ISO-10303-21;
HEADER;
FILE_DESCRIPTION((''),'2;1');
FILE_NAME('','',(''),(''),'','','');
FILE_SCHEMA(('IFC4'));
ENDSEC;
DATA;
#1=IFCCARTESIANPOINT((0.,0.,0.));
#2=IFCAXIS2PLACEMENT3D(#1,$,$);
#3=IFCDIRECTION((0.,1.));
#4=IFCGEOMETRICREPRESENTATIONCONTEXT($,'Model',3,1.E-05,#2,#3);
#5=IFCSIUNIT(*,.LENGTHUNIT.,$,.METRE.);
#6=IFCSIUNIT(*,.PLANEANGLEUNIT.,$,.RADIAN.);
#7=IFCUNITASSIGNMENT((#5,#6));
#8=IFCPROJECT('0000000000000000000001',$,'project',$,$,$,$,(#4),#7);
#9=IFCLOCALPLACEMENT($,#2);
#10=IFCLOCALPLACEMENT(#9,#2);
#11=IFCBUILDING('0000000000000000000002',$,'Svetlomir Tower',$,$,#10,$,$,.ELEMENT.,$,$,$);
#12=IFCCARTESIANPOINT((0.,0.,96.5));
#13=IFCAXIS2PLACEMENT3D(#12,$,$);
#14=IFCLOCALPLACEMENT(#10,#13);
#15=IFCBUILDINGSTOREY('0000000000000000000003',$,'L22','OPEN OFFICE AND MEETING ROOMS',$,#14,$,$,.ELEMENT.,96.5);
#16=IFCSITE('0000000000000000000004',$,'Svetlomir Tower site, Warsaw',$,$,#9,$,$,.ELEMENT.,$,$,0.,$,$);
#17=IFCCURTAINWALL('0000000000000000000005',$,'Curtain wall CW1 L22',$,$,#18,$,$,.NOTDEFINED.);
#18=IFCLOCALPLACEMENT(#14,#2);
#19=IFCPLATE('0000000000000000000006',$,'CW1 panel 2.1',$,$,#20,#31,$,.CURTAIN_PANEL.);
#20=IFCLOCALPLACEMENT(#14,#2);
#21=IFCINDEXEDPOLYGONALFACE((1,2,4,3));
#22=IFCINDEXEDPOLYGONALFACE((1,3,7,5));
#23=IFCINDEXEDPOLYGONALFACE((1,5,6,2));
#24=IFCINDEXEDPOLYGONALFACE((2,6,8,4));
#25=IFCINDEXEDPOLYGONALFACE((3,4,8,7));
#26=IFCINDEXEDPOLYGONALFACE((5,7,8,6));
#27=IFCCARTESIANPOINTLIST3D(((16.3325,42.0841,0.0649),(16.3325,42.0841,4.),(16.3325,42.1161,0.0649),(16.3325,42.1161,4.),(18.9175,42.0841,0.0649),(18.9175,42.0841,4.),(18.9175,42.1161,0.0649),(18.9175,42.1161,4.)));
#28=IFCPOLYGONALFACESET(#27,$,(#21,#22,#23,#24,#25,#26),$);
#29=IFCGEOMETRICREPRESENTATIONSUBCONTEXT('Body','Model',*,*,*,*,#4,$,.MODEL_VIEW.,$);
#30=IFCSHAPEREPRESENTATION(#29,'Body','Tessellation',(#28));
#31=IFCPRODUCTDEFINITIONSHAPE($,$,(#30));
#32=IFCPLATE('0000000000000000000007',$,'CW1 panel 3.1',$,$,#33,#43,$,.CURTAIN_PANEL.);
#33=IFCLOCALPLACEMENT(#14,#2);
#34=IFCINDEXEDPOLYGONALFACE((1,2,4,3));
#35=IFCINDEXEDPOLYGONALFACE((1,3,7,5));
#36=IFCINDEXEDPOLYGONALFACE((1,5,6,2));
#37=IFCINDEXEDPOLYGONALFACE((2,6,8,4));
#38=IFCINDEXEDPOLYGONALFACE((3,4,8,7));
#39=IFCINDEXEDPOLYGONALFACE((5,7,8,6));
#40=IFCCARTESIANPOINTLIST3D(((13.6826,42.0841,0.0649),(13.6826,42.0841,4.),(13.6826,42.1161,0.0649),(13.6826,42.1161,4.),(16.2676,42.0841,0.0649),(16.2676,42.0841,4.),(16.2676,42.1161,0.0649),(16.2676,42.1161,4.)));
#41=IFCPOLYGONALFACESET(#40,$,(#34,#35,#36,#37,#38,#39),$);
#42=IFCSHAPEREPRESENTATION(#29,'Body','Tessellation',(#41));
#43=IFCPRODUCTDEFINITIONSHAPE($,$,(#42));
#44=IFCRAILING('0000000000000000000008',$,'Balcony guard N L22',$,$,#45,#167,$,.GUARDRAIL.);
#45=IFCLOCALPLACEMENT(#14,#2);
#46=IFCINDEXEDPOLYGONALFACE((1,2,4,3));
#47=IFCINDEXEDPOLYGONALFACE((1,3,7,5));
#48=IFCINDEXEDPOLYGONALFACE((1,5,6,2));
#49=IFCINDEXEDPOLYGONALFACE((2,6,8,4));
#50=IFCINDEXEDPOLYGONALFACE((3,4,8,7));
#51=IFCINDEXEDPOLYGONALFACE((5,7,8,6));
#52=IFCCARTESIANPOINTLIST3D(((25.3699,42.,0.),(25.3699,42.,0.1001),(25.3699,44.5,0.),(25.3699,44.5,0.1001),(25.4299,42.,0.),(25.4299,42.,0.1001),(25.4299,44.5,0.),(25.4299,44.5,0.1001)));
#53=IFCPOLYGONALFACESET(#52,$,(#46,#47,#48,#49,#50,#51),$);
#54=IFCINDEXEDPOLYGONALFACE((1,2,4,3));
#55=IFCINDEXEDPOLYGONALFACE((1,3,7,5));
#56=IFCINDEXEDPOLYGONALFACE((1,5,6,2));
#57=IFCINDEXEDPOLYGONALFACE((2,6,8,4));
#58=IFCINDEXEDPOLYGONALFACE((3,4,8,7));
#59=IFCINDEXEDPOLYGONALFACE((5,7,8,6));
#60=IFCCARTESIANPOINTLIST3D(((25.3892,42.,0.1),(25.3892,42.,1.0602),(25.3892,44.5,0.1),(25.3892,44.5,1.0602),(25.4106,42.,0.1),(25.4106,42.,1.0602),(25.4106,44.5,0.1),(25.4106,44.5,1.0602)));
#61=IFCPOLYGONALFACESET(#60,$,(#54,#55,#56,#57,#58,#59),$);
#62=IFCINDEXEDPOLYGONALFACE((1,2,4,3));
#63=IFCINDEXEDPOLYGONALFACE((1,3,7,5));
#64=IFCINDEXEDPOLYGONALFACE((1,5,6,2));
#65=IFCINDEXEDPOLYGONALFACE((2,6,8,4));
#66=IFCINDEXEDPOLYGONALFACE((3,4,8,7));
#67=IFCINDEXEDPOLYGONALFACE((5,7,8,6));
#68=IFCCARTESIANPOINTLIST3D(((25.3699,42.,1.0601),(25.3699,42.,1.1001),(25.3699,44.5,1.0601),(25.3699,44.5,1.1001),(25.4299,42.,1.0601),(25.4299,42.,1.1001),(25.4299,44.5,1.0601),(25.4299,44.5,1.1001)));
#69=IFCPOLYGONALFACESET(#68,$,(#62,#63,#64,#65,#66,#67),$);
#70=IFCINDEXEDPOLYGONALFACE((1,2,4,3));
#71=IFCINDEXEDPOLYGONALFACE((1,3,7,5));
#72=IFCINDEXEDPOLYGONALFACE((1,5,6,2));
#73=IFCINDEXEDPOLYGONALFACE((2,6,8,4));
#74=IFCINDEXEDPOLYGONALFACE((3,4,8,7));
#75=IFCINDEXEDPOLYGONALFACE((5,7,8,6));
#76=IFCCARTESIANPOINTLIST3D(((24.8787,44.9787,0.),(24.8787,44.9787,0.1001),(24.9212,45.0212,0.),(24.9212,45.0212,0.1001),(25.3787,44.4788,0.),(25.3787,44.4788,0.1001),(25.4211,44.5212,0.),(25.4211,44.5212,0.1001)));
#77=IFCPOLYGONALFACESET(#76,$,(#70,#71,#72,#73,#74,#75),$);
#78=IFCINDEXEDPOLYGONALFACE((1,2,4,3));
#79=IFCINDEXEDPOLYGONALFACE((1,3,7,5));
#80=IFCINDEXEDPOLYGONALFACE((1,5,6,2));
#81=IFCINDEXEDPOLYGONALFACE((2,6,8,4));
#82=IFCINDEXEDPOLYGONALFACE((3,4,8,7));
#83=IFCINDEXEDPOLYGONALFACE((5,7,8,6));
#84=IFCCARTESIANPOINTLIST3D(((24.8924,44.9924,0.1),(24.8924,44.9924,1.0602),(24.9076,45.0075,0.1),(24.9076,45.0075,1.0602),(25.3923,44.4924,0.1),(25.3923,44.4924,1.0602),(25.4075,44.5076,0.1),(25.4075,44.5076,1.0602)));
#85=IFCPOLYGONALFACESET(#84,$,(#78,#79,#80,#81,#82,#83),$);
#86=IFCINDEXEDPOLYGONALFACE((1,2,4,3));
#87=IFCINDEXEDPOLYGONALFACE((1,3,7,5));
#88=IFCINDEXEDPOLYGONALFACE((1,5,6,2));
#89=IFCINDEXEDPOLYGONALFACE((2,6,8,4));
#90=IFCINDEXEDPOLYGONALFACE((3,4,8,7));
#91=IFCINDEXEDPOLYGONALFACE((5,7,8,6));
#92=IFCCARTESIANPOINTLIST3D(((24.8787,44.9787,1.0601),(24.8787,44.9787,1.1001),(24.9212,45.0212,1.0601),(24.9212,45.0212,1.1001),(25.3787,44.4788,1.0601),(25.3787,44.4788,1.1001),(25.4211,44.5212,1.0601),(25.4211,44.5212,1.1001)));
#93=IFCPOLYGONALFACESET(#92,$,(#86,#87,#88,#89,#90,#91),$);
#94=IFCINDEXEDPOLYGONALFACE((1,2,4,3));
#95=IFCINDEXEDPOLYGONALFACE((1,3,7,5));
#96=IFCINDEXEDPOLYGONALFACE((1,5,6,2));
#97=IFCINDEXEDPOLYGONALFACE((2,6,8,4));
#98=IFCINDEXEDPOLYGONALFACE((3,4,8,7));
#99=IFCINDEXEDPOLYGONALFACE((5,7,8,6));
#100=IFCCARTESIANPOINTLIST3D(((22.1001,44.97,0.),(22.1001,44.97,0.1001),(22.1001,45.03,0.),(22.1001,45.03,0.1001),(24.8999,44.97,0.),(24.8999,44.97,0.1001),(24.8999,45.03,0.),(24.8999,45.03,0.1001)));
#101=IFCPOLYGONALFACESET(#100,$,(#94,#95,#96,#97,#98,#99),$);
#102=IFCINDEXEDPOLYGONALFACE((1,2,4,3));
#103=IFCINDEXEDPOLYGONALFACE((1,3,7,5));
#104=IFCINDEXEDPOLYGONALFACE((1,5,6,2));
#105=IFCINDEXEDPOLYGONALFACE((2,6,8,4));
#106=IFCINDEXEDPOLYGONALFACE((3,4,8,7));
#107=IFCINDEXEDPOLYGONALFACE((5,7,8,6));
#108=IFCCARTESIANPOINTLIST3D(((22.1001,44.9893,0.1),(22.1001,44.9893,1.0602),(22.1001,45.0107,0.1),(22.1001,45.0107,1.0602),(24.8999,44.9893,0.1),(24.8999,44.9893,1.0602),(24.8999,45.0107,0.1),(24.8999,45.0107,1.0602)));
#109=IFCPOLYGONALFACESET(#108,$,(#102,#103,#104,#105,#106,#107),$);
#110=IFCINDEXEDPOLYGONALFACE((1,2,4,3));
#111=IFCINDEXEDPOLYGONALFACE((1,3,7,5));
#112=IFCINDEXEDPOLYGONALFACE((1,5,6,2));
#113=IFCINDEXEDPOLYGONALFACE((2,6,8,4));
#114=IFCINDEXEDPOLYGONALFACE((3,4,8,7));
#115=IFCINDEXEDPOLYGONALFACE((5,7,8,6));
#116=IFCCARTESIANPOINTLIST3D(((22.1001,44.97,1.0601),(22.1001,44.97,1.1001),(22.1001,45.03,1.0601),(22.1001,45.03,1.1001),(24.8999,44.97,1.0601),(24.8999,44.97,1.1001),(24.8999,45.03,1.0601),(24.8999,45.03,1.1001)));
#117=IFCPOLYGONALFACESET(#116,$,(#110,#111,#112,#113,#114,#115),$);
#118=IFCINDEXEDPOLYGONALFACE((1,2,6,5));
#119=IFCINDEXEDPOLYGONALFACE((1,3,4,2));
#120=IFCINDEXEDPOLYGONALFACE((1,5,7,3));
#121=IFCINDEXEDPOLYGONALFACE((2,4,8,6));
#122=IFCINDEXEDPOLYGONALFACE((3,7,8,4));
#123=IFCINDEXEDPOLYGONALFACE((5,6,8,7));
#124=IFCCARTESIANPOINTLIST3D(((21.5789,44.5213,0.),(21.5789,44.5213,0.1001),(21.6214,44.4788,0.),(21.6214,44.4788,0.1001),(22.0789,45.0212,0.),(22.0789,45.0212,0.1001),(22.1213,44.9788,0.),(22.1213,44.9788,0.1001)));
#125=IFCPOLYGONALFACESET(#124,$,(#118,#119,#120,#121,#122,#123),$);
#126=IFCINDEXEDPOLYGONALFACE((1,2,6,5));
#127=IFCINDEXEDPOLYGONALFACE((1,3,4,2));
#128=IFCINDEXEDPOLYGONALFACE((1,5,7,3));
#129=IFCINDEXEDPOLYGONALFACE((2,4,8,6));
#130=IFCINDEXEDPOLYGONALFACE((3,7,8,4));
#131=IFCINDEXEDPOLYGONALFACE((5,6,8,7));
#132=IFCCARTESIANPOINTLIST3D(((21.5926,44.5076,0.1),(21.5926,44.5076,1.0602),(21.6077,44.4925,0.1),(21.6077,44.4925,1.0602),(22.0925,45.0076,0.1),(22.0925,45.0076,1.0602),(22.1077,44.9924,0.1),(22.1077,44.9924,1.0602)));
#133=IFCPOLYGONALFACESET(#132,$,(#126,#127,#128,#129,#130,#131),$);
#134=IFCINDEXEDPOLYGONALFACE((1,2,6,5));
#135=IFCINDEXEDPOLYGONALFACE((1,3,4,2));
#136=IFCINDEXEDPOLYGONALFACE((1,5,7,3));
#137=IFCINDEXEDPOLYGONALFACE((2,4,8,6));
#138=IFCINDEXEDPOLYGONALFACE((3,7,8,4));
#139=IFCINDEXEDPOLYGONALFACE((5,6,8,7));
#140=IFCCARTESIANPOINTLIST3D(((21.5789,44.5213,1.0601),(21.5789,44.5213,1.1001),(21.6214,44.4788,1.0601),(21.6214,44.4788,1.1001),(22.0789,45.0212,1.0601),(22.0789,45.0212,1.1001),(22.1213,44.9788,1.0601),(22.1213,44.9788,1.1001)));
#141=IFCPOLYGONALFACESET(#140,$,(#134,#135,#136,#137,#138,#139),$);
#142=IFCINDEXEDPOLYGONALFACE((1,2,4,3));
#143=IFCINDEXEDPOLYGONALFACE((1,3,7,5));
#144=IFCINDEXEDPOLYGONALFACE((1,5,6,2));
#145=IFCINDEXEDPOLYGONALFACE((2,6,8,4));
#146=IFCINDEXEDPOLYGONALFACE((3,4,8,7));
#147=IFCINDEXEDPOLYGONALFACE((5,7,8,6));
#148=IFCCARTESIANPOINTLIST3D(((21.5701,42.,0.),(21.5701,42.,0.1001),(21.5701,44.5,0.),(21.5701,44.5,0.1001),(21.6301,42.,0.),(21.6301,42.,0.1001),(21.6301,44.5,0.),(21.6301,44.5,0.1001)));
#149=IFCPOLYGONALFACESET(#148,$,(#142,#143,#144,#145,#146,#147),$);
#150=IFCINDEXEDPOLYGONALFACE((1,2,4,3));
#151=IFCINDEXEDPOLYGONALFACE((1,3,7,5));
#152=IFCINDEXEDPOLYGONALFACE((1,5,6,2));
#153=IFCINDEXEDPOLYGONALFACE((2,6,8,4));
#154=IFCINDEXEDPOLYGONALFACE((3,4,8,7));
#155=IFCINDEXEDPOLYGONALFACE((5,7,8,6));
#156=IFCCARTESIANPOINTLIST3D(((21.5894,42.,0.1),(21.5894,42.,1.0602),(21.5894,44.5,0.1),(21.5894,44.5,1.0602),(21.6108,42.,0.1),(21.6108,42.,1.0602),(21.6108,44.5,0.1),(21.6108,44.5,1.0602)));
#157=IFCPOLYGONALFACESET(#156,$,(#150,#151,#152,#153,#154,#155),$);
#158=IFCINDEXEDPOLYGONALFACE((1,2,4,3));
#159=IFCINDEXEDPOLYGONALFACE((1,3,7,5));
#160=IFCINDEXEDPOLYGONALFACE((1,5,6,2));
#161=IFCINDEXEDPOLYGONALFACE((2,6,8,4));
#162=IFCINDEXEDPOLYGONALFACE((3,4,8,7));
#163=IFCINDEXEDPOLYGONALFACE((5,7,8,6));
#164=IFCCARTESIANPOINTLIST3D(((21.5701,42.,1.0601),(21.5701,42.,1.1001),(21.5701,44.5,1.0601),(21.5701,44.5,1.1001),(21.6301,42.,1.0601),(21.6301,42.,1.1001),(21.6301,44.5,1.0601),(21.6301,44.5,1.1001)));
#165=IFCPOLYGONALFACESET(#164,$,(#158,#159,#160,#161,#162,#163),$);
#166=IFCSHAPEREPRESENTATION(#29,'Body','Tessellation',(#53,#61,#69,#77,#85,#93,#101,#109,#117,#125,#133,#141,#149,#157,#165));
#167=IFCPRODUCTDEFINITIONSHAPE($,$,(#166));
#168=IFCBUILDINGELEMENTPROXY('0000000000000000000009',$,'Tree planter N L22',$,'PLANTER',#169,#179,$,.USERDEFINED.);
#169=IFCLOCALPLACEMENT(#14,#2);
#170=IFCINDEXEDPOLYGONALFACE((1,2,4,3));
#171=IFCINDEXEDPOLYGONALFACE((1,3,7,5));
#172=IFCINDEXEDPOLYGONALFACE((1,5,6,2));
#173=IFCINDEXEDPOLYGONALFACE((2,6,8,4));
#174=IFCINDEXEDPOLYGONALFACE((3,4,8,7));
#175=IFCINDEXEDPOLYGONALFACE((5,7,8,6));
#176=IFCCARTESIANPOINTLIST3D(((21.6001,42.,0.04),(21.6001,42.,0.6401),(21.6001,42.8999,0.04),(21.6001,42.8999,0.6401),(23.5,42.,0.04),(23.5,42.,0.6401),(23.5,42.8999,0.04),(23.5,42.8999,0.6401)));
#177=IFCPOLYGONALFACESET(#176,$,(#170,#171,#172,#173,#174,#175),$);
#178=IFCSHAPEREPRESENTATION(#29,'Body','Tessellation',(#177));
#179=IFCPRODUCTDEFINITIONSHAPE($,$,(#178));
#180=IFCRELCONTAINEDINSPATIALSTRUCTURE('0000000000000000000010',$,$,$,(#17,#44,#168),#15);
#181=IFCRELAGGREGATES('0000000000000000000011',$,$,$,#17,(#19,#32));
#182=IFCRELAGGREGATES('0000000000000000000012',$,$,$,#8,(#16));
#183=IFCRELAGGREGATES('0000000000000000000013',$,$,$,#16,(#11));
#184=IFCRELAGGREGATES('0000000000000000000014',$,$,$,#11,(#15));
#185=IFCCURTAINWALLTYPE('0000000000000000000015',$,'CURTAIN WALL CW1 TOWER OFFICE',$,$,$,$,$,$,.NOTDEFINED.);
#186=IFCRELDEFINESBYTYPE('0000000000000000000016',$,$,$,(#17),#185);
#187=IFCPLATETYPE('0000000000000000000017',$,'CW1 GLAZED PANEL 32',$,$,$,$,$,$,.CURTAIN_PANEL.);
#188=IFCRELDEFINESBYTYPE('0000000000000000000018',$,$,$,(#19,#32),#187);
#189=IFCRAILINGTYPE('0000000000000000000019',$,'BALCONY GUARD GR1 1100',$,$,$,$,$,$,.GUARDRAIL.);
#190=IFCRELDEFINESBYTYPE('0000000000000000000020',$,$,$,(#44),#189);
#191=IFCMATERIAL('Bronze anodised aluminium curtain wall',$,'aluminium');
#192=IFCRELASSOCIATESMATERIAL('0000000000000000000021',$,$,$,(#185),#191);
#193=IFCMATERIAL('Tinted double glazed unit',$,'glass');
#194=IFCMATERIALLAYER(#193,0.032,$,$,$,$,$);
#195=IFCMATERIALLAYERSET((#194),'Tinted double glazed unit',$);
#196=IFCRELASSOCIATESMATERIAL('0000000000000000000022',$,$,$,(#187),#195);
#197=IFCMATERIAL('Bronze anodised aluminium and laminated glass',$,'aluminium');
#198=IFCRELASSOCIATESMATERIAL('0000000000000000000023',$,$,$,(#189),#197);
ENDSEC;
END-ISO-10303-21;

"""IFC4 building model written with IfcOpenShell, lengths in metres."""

from ifc_helpers import new_model, si_unit, direction, frame, origin, origin_2d, place, context, subcontext, project, spatial, rectangle, extrude, material, layer, layer_set, type_object, element, aggregate, save


model = new_model("IFC4")

# Units and contexts
model_context = context("Model", 3, precision=1e-05, world=origin(), true_north=direction((0.0, 1.0)))
body_context = subcontext(model_context, "Body", "Model", "MODEL_VIEW")
ifc_project = project(units=[si_unit("LENGTHUNIT", "METRE"), si_unit("PLANEANGLEUNIT", "RADIAN")], contexts=[model_context])

# Site, building, storey
site_placement = place(None, origin())
site = spatial("IfcSite", under=ifc_project, at=site_placement, Name="Svetlomir Tower site, Warsaw", CompositionType="ELEMENT", RefElevation=0.0)
building_placement = place(site_placement, origin())
building = spatial("IfcBuilding", under=site, at=building_placement, Name="Svetlomir Tower", CompositionType="ELEMENT")
storey_placement = place(building_placement, frame((0.0, 0.0, 96.5)))
storey = spatial("IfcBuildingStorey", under=building, at=storey_placement, Name="L22", Description="OPEN OFFICE AND MEETING ROOMS", CompositionType="ELEMENT", Elevation=96.5)

# Curtain wall
ifc_material_1 = material(Name="Bronze anodised aluminium curtain wall", Category="aluminium")
curtain_wall_type = type_object("IfcCurtainWallType", Name="CURTAIN WALL CW1 TOWER OFFICE", PredefinedType="NOTDEFINED", material=ifc_material_1)
curtain_wall_1_placement = place(storey_placement, origin())
curtain_wall_1 = element("IfcCurtainWall", 1, at=curtain_wall_1_placement, inside=storey, type_object=curtain_wall_type, Name="Curtain wall CW1 L22", PredefinedType="NOTDEFINED")

# Plates
ifc_material_2 = material(Name="Tinted double glazed unit", Category="glass")
ifc_layer_1 = layer(ifc_material_2, 0.032)
ifc_layer_set_1 = layer_set([ifc_layer_1], Name="Tinted double glazed unit")
plate_type = type_object("IfcPlateType", Name="CW1 GLAZED PANEL 32", PredefinedType="CURTAIN_PANEL", material=ifc_layer_set_1)
plate_1_placement = place(storey_placement, frame((17.625, 42.1001, 0.0649), z_axis=(0.0, 0.0, 1.0), x_axis=(-1.0, 0.0, 0.0)))
plate_1 = element("IfcPlate", 2, at=plate_1_placement, type_object=plate_type, Name="CW1 panel 2.1", PredefinedType="CURTAIN_PANEL", context=body_context, shape_type="SweptSolid", body=[
    extrude(rectangle(XDim=2.585, YDim=0.032, at=origin_2d()), origin(), (0.0, 0.0, 1.0), 3.9351),
])
plate_2_placement = place(storey_placement, frame((14.9751, 42.1001, 0.0649), z_axis=(0.0, 0.0, 1.0), x_axis=(-1.0, 0.0, 0.0)))
plate_2 = element("IfcPlate", 3, at=plate_2_placement, type_object=plate_type, Name="CW1 panel 3.1", PredefinedType="CURTAIN_PANEL", context=body_context, shape_type="SweptSolid", body=[
    extrude(rectangle(XDim=2.585, YDim=0.032, at=origin_2d()), origin(), (0.0, 0.0, 1.0), 3.9351),
])
aggregate(curtain_wall_1, [plate_1, plate_2])

# Railing
ifc_material_3 = material(Name="Bronze anodised aluminium and laminated glass", Category="aluminium")
railing_type = type_object("IfcRailingType", Name="BALCONY GUARD GR1 1100", PredefinedType="GUARDRAIL", material=ifc_material_3)
railing_placement = place(storey_placement, frame((25.3999, 42.0, 0.0)))
element("IfcRailing", 4, at=railing_placement, inside=storey, type_object=railing_type, Name="Balcony guard N L22", PredefinedType="GUARDRAIL", context=body_context, shape_type="SweptSolid", body=[
    extrude(rectangle(XDim=0.0601, YDim=0.1001, at=origin_2d()), frame((0.0, 0.0, 0.05), z_axis=(0.0, 1.0, 0.0), x_axis=(-1.0, 0.0, 0.0)), (0.0, 0.0, 1.0), 2.5),
    extrude(rectangle(XDim=0.0215, YDim=0.9602, at=origin_2d()), frame((0.0, 0.0, 0.5801), z_axis=(0.0, 1.0, 0.0), x_axis=(-1.0, 0.0, 0.0)), (0.0, 0.0, 1.0), 2.5),
    extrude(rectangle(XDim=0.0601, YDim=0.04, at=origin_2d()), frame((0.0, 0.0, 1.0801), z_axis=(0.0, 1.0, 0.0), x_axis=(-1.0, 0.0, 0.0)), (0.0, 0.0, 1.0), 2.5),
    extrude(rectangle(XDim=0.0601, YDim=0.1001, at=origin_2d()), frame((0.0, 2.5, 0.05), z_axis=(-0.707107, 0.707107, 0.0), x_axis=(-0.707107, -0.707107, 0.0)), (0.0, 0.0, 1.0), 0.707),
    extrude(rectangle(XDim=0.0215, YDim=0.9602, at=origin_2d()), frame((0.0, 2.5, 0.5801), z_axis=(-0.707107, 0.707107, 0.0), x_axis=(-0.707107, -0.707107, 0.0)), (0.0, 0.0, 1.0), 0.707),
    extrude(rectangle(XDim=0.0601, YDim=0.04, at=origin_2d()), frame((0.0, 2.5, 1.0801), z_axis=(-0.707107, 0.707107, 0.0), x_axis=(-0.707107, -0.707107, 0.0)), (0.0, 0.0, 1.0), 0.707),
    extrude(rectangle(XDim=0.0601, YDim=0.1001, at=origin_2d()), frame((-0.5, 3.0, 0.05), z_axis=(-1.0, 0.0, 0.0), x_axis=(0.0, -1.0, 0.0)), (0.0, 0.0, 1.0), 2.7998),
    extrude(rectangle(XDim=0.0215, YDim=0.9602, at=origin_2d()), frame((-0.5, 3.0, 0.5801), z_axis=(-1.0, 0.0, 0.0), x_axis=(0.0, -1.0, 0.0)), (0.0, 0.0, 1.0), 2.7998),
    extrude(rectangle(XDim=0.0601, YDim=0.04, at=origin_2d()), frame((-0.5, 3.0, 1.0801), z_axis=(-1.0, 0.0, 0.0), x_axis=(0.0, -1.0, 0.0)), (0.0, 0.0, 1.0), 2.7998),
    extrude(rectangle(XDim=0.0601, YDim=0.1001, at=origin_2d()), frame((-3.2998, 3.0, 0.05), z_axis=(-0.707107, -0.707107, 0.0), x_axis=(0.707107, -0.707107, 0.0)), (0.0, 0.0, 1.0), 0.707),
    extrude(rectangle(XDim=0.0215, YDim=0.9602, at=origin_2d()), frame((-3.2998, 3.0, 0.5801), z_axis=(-0.707107, -0.707107, 0.0), x_axis=(0.707107, -0.707107, 0.0)), (0.0, 0.0, 1.0), 0.707),
    extrude(rectangle(XDim=0.0601, YDim=0.04, at=origin_2d()), frame((-3.2998, 3.0, 1.0801), z_axis=(-0.707107, -0.707107, 0.0), x_axis=(0.707107, -0.707107, 0.0)), (0.0, 0.0, 1.0), 0.707),
    extrude(rectangle(XDim=0.0601, YDim=0.1001, at=origin_2d()), frame((-3.7998, 2.5, 0.05), z_axis=(0.0, -1.0, 0.0), x_axis=(1.0, 0.0, 0.0)), (0.0, 0.0, 1.0), 2.5),
    extrude(rectangle(XDim=0.0215, YDim=0.9602, at=origin_2d()), frame((-3.7998, 2.5, 0.5801), z_axis=(0.0, -1.0, 0.0), x_axis=(1.0, 0.0, 0.0)), (0.0, 0.0, 1.0), 2.5),
    extrude(rectangle(XDim=0.0601, YDim=0.04, at=origin_2d()), frame((-3.7998, 2.5, 1.0801), z_axis=(0.0, -1.0, 0.0), x_axis=(1.0, 0.0, 0.0)), (0.0, 0.0, 1.0), 2.5),
])

# Building element proxy
proxy_placement = place(storey_placement, frame((22.55, 42.45, 0.04), z_axis=(0.0, 0.0, 1.0), x_axis=(1.0, 0.0, 0.0)))
element("IfcBuildingElementProxy", 5, at=proxy_placement, inside=storey, Name="Tree planter N L22", ObjectType="PLANTER", PredefinedType="USERDEFINED", context=body_context, shape_type="SweptSolid", body=[
    extrude(rectangle(XDim=1.8999, YDim=0.8999, at=origin_2d()), origin(), (0.0, 0.0, 1.0), 0.6001),
])

save(model, "model.ifc")
